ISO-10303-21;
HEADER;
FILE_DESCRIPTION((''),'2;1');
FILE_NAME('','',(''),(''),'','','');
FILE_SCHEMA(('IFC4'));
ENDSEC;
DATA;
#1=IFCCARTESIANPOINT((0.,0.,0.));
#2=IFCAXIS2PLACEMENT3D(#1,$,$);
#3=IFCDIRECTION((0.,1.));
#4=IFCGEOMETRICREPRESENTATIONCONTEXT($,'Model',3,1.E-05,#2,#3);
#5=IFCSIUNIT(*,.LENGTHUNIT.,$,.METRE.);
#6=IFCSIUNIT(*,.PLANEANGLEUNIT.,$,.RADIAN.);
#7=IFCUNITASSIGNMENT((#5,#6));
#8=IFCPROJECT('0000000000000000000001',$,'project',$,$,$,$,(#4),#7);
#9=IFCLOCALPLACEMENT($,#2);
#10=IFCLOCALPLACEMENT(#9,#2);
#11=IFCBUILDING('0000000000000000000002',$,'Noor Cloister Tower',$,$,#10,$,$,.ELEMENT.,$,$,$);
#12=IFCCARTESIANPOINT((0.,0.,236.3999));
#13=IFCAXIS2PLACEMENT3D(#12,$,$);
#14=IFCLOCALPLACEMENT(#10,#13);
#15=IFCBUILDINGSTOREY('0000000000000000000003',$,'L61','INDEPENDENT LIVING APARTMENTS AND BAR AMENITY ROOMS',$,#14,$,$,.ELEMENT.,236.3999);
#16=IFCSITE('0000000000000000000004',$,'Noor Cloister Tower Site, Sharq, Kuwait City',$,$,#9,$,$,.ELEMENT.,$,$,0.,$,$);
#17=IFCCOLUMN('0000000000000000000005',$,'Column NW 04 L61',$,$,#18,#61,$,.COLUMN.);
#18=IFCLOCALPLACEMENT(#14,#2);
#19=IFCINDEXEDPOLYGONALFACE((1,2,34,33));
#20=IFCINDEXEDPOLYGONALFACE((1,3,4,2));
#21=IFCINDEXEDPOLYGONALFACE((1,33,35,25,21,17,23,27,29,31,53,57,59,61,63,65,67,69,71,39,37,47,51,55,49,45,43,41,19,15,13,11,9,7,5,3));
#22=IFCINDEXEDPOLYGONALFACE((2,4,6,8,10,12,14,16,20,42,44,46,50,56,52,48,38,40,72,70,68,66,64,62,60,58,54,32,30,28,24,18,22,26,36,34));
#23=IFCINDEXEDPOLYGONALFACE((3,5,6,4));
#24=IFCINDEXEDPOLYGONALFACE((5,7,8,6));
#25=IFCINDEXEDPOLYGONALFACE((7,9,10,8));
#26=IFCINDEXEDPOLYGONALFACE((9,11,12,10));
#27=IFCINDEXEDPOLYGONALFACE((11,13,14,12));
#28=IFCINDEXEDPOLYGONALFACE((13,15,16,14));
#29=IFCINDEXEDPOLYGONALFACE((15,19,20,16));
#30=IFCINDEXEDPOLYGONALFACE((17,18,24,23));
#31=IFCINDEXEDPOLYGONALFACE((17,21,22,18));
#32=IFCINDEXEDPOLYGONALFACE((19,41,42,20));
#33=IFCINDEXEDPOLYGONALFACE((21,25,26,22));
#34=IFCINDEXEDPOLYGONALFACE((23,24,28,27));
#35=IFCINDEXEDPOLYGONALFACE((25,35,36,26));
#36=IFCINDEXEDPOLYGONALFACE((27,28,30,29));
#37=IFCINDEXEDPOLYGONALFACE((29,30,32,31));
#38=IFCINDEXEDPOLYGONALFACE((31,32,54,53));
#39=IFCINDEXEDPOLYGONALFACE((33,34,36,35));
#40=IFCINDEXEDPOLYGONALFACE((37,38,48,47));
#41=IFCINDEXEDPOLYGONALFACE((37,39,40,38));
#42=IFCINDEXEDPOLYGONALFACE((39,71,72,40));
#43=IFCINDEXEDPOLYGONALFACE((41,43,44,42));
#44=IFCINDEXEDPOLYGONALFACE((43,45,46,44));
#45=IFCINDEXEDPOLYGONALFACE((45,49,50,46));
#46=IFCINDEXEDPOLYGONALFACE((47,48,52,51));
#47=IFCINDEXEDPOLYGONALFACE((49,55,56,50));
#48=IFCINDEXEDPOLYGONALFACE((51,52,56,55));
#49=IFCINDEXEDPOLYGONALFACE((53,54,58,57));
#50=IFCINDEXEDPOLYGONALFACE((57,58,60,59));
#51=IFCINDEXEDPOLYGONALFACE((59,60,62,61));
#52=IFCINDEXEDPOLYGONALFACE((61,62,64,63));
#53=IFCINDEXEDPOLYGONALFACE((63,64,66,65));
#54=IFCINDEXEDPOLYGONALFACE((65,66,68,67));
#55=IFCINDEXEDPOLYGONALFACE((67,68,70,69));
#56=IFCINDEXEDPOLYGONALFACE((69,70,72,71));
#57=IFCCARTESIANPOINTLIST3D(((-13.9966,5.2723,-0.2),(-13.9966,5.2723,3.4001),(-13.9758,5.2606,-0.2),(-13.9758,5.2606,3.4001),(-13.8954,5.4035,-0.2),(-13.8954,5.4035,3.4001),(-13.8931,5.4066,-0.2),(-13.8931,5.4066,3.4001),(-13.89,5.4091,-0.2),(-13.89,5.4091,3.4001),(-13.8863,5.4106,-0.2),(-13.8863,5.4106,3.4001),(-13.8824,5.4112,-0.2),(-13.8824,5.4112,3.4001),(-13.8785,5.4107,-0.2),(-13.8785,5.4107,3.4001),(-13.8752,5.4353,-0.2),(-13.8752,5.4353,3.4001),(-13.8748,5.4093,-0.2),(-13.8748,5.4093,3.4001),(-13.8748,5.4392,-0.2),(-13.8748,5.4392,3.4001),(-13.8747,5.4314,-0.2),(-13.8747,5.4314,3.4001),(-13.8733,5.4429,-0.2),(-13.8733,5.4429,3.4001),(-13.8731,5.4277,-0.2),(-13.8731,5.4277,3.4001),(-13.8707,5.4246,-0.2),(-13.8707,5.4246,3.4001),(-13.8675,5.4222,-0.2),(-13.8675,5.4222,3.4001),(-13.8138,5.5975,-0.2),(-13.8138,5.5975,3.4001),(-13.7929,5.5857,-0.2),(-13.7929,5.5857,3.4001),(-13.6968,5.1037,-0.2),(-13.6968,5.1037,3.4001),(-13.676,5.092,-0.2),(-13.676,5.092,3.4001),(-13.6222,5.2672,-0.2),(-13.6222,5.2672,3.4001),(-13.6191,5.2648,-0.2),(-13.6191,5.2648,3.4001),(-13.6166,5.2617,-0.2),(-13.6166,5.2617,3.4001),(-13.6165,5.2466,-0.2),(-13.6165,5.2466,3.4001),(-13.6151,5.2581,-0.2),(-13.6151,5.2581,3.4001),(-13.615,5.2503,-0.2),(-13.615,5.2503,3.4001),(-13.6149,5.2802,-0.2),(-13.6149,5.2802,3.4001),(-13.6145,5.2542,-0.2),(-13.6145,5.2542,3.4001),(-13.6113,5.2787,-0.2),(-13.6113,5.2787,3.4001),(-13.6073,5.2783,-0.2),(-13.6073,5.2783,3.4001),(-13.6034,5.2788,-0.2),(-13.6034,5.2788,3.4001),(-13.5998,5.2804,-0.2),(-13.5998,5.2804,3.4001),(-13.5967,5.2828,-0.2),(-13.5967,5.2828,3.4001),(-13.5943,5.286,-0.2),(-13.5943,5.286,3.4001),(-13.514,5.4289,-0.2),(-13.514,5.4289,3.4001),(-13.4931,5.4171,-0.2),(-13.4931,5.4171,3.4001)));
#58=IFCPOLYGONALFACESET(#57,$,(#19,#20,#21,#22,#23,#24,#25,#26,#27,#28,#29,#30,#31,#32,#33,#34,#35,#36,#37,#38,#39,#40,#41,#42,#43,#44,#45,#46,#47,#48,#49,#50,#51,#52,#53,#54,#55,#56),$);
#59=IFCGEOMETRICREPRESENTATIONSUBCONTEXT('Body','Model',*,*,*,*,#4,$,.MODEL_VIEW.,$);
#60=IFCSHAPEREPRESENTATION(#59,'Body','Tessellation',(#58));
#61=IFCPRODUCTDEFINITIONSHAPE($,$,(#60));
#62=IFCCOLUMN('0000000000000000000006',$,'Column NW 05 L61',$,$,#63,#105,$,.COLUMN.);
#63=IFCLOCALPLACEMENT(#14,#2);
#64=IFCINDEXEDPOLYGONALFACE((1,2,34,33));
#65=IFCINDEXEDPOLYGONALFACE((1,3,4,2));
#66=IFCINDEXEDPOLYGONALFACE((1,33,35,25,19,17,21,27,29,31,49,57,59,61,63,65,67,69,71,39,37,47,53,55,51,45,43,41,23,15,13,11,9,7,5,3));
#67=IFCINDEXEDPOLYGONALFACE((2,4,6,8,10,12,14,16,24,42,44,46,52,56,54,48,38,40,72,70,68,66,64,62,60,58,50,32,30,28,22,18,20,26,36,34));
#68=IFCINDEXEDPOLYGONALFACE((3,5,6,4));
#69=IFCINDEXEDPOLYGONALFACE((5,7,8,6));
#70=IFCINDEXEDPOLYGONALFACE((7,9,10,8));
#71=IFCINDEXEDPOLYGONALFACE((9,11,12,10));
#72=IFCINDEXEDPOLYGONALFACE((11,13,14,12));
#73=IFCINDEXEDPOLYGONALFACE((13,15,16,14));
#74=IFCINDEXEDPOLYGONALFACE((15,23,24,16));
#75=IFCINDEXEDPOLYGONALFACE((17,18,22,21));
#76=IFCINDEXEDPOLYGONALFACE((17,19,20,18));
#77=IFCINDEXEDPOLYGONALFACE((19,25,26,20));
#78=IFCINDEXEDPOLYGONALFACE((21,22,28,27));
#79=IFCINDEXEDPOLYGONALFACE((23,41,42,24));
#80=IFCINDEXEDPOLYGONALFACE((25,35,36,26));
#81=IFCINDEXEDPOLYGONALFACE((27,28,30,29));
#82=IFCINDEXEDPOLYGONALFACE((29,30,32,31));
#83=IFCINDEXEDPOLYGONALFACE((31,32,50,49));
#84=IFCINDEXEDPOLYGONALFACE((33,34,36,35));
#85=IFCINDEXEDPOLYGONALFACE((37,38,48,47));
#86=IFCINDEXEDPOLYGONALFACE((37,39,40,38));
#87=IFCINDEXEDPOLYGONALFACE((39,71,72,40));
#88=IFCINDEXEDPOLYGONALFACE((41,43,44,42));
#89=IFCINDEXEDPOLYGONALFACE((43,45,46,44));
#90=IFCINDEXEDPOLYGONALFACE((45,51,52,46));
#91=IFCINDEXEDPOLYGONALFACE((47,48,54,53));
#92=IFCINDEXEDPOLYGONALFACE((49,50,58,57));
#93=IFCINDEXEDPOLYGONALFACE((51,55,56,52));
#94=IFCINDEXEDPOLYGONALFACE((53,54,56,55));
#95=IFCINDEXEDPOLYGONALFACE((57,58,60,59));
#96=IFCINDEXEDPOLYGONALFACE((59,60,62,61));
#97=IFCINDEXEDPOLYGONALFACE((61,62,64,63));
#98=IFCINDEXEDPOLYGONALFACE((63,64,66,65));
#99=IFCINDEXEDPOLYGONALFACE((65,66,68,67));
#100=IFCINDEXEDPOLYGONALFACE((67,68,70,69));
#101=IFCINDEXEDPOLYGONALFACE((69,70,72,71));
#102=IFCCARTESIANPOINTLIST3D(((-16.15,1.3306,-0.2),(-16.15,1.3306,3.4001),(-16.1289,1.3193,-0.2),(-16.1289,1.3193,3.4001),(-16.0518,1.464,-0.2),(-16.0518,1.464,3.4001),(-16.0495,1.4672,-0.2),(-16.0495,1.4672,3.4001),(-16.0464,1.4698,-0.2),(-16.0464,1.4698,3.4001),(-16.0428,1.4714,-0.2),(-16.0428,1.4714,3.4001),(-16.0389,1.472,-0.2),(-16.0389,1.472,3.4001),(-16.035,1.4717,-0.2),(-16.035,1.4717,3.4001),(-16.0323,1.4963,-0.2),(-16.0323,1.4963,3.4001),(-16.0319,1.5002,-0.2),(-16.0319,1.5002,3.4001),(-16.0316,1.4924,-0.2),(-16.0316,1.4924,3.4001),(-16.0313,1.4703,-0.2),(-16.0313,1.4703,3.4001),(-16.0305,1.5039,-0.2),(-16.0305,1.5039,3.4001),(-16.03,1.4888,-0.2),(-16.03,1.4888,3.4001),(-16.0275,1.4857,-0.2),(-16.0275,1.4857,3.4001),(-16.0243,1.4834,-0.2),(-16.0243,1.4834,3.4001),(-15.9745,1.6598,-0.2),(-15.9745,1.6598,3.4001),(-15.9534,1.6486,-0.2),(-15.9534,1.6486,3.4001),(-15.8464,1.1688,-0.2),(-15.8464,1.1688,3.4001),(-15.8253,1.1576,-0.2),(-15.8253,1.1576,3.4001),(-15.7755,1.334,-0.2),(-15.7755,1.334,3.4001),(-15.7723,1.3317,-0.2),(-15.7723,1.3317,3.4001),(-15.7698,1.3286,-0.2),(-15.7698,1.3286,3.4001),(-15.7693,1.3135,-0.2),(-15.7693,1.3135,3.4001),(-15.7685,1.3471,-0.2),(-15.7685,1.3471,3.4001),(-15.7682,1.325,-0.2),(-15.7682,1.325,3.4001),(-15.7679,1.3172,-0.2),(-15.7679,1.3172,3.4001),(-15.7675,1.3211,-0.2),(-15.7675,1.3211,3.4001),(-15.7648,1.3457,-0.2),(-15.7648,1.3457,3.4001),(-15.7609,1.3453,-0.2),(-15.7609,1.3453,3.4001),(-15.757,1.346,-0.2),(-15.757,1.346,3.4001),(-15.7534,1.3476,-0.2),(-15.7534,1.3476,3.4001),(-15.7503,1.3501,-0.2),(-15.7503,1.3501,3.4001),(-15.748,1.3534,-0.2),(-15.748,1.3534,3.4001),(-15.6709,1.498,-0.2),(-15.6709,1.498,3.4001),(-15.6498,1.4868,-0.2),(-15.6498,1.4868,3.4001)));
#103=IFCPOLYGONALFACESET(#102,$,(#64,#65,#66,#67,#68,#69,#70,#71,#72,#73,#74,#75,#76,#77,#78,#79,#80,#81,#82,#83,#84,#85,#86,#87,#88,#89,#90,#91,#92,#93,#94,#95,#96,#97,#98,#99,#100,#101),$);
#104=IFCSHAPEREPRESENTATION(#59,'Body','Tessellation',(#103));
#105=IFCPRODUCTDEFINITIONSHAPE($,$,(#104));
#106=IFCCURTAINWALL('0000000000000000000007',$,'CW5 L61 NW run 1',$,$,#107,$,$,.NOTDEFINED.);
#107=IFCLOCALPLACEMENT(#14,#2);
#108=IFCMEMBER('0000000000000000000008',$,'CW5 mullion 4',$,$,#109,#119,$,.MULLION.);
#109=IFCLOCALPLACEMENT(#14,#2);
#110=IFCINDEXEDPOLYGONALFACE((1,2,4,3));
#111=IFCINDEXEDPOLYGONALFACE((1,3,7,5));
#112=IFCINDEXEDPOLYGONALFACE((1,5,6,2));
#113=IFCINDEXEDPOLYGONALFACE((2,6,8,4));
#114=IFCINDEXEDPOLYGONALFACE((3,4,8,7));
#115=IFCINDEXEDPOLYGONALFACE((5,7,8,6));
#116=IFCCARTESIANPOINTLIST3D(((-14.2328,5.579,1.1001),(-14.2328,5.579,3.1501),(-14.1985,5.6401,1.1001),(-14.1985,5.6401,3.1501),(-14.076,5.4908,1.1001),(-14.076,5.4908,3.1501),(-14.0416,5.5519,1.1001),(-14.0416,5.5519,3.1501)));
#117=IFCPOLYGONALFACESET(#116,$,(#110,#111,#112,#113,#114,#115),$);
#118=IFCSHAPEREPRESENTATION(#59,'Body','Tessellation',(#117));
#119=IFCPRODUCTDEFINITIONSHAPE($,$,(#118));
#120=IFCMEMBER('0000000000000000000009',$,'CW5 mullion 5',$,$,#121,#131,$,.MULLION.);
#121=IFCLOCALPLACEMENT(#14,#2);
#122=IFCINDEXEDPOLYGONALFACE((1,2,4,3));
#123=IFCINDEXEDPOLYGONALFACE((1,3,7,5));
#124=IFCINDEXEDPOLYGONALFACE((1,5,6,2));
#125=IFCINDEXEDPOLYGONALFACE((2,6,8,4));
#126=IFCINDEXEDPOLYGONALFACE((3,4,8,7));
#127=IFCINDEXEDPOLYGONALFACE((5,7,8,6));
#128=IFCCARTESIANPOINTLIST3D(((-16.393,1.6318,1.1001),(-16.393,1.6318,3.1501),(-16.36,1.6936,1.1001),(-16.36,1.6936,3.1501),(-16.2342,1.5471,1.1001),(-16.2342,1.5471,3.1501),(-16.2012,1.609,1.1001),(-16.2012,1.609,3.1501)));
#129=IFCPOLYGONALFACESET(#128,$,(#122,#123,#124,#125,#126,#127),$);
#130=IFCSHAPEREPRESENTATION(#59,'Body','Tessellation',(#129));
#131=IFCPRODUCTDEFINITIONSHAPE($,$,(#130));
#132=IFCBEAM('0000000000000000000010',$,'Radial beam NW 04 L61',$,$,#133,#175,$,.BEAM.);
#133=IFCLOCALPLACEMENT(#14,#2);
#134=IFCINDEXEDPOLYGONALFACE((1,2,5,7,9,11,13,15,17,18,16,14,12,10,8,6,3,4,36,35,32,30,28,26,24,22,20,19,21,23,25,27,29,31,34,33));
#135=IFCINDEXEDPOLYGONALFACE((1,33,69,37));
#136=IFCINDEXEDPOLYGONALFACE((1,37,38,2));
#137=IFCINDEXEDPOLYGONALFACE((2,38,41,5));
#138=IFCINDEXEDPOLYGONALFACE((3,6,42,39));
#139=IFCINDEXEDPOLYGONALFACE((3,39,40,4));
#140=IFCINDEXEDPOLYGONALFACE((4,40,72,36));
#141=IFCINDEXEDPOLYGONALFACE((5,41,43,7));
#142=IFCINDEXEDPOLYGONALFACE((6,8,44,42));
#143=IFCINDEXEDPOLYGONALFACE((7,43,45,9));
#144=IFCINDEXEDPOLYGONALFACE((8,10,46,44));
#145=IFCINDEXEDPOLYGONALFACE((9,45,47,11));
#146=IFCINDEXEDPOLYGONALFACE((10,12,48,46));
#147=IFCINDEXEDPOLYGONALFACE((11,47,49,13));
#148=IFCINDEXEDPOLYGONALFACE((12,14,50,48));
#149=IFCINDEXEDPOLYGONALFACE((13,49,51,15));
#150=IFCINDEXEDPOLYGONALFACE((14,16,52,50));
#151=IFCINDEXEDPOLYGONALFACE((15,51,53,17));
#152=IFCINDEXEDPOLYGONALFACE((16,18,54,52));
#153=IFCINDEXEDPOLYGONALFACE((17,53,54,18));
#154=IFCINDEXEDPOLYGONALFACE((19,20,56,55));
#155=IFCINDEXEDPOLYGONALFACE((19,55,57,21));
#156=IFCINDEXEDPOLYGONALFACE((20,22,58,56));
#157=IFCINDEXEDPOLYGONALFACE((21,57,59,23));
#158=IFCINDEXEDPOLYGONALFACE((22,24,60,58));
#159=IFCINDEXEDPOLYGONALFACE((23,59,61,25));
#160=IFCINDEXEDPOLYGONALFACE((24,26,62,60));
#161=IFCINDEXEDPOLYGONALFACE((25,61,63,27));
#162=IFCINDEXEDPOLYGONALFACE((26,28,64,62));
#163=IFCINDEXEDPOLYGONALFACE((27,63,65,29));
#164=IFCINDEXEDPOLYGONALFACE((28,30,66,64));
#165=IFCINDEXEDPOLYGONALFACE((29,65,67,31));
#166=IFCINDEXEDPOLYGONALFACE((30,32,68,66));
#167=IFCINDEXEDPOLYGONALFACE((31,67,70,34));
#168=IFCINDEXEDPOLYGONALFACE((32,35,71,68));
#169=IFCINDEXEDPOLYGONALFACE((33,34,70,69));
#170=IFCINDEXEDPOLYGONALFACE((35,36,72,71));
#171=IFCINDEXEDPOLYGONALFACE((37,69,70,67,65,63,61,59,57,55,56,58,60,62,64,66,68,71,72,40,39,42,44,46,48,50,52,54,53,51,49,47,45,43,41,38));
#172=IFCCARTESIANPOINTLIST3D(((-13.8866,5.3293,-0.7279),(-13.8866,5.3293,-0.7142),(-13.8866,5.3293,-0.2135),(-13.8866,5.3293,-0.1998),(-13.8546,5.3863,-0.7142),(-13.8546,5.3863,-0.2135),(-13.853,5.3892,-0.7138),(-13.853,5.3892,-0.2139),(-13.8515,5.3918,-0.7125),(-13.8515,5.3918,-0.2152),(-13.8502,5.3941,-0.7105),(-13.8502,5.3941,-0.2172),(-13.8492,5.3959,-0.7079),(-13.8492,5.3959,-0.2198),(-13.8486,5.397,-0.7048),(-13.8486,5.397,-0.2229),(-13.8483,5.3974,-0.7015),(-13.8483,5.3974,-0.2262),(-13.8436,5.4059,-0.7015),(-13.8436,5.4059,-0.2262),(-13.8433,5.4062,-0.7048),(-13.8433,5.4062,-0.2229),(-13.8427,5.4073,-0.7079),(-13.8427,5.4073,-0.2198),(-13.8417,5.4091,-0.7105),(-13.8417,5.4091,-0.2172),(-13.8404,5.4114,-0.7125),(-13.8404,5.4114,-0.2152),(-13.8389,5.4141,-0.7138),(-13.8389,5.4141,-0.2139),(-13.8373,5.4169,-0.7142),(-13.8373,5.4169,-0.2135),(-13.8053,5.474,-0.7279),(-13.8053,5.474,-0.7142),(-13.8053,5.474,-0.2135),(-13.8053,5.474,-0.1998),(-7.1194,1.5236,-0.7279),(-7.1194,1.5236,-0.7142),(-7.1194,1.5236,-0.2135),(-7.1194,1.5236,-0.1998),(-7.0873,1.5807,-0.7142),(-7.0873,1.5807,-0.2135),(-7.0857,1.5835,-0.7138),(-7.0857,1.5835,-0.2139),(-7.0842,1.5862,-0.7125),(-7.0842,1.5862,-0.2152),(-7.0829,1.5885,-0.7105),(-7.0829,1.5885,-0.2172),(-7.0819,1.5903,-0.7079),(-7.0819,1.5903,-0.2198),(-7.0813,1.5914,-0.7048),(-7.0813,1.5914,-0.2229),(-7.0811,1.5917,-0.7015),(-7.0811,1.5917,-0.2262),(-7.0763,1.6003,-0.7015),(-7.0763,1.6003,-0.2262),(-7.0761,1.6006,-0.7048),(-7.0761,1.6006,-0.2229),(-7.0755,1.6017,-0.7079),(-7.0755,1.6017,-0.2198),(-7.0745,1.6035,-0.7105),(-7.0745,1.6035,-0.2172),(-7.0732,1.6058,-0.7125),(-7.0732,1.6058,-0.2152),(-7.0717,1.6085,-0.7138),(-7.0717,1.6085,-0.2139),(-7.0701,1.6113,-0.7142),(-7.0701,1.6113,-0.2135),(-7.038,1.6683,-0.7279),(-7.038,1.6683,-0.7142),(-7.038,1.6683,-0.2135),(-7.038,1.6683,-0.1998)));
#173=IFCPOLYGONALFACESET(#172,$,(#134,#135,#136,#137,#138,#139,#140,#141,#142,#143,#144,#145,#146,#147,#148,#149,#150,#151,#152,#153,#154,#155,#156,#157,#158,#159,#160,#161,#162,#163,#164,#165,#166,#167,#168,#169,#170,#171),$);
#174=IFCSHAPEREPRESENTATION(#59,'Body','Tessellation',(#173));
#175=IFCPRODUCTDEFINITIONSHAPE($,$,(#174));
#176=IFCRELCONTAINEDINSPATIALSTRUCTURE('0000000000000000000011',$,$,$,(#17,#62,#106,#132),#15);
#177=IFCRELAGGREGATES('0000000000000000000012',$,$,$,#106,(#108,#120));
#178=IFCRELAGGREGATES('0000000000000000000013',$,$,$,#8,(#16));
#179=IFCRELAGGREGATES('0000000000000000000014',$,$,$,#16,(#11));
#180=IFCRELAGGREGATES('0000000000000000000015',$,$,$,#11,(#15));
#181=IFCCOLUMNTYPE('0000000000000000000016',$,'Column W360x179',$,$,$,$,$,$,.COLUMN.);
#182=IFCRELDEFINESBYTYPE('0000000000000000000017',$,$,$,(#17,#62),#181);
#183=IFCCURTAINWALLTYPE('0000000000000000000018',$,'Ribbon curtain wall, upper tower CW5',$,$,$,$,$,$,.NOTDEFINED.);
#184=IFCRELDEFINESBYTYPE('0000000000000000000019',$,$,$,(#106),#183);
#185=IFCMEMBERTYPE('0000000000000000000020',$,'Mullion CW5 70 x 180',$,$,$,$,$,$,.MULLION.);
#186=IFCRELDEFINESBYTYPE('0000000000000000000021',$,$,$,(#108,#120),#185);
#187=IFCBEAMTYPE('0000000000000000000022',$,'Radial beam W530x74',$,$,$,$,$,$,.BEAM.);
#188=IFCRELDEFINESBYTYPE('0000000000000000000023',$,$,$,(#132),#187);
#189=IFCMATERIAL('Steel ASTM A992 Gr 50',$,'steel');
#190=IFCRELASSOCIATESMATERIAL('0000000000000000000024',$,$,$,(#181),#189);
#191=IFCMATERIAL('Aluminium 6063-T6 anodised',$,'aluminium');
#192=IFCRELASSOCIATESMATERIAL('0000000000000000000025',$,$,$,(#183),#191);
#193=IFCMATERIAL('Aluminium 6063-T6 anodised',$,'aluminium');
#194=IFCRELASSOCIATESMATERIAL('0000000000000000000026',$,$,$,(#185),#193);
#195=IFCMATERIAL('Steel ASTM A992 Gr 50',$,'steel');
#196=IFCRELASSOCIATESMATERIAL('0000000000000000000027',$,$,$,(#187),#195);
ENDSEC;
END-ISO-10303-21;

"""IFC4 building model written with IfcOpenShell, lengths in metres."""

from ifc_helpers import new_model, si_unit, direction, frame, origin, origin_2d, place, context, subcontext, project, spatial, rectangle, i_section, extrude, material, material_profile, profile_set, type_object, element, aggregate, save


model = new_model("IFC4")

# Units and contexts
model_context = context("Model", 3, precision=1e-05, world=origin(), true_north=direction((0.0, 1.0)))
body_context = subcontext(model_context, "Body", "Model", "MODEL_VIEW")
ifc_project = project(units=[si_unit("LENGTHUNIT", "METRE"), si_unit("PLANEANGLEUNIT", "RADIAN")], contexts=[model_context])

# Site, building, storey
site_placement = place(None, origin())
site = spatial("IfcSite", under=ifc_project, at=site_placement, Name="Noor Cloister Tower Site, Sharq, Kuwait City", CompositionType="ELEMENT", RefElevation=0.0)
building_placement = place(site_placement, origin())
building = spatial("IfcBuilding", under=site, at=building_placement, Name="Noor Cloister Tower", CompositionType="ELEMENT")
storey_placement = place(building_placement, frame((0.0, 0.0, 236.3999)))
storey = spatial("IfcBuildingStorey", under=building, at=storey_placement, Name="L61", Description="INDEPENDENT LIVING APARTMENTS AND BAR AMENITY ROOMS", CompositionType="ELEMENT", Elevation=236.3999)

# Columns
ifc_material_1 = material(Name="Steel ASTM A992 Gr 50", Category="steel")
ifc_material_profile_1 = material_profile(ifc_material_1, i_section(OverallWidth=0.373, OverallDepth=0.3679, WebThickness=0.0149, FlangeThickness=0.0239, FilletRadius=0.0151, at=origin_2d()), Name="W360x179")
ifc_profile_set_1 = profile_set([ifc_material_profile_1], Name="Steel ASTM A992 Gr 50")
column_type = type_object("IfcColumnType", Name="Column W360x179", PredefinedType="COLUMN", material=ifc_profile_set_1)
for number, where, z_axis, x_axis, name in (
    (1, (-13.7449, 5.3447, -0.2), (0.0, 0.0, 1.0), (-0.49016, -0.871632, 0.0), "Column NW 04 L61"),
    (2, (-15.8999, 1.4087, -0.2), (0.0, 0.0, 1.0), (-0.470293, -0.88251, 0.0), "Column NW 05 L61"),
):
    element("IfcColumn", number, at=place(storey_placement, frame(where, z_axis=z_axis, x_axis=x_axis)), inside=storey, type_object=column_type, Name=name, PredefinedType="COLUMN", context=body_context, shape_type="SweptSolid", body=[
        extrude(i_section(OverallWidth=0.373, OverallDepth=0.3679, WebThickness=0.0149, FlangeThickness=0.0239, FilletRadius=0.0151, at=origin_2d()), origin(), (0.0, 0.0, 1.0), 3.6001),
    ])

# Curtain wall, members
ifc_material_2 = material(Name="Aluminium 6063-T6 anodised", Category="aluminium")
curtain_wall_type = type_object("IfcCurtainWallType", Name="Ribbon curtain wall, upper tower CW5", PredefinedType="NOTDEFINED", material=ifc_material_2)
curtain_wall_placement = place(storey_placement, origin())
curtain_wall = element("IfcCurtainWall", 3, at=curtain_wall_placement, inside=storey, type_object=curtain_wall_type, Name="CW5 L61 NW run 1", PredefinedType="NOTDEFINED")
ifc_material_3 = material(Name="Aluminium 6063-T6 anodised", Category="aluminium")
ifc_material_profile_2 = material_profile(ifc_material_3, rectangle(XDim=0.1799, YDim=0.0701, at=origin_2d()), Name="180 x 70 mullion")
ifc_profile_set_2 = profile_set([ifc_material_profile_2], Name="Aluminium 6063-T6 anodised")
member_type = type_object("IfcMemberType", Name="Mullion CW5 70 x 180", PredefinedType="MULLION", material=ifc_profile_set_2)
member_1_placement = place(storey_placement, frame((-14.1372, 5.5654, 1.1001), z_axis=(0.0, 0.0, 1.0), x_axis=(0.871632, -0.49016, 0.0)))
member_1 = element("IfcMember", 4, at=member_1_placement, type_object=member_type, Name="CW5 mullion 4", PredefinedType="MULLION", context=body_context, shape_type="SweptSolid", body=[
    extrude(rectangle(XDim=0.1799, YDim=0.0701, at=origin_2d()), origin(), (0.0, 0.0, 1.0), 2.05),
])
member_2_placement = place(storey_placement, frame((-16.2971, 1.6204, 1.1001), z_axis=(0.0, 0.0, 1.0), x_axis=(0.88251, -0.470293, 0.0)))
member_2 = element("IfcMember", 5, at=member_2_placement, type_object=member_type, Name="CW5 mullion 5", PredefinedType="MULLION", context=body_context, shape_type="SweptSolid", body=[
    extrude(rectangle(XDim=0.1799, YDim=0.0701, at=origin_2d()), origin(), (0.0, 0.0, 1.0), 2.05),
])

# Beam
ifc_material_4 = material(Name="Steel ASTM A992 Gr 50", Category="steel")
ifc_material_profile_3 = material_profile(ifc_material_4, i_section(OverallWidth=0.166, OverallDepth=0.5281, WebThickness=0.0098, FlangeThickness=0.0137, FilletRadius=0.0127, at=origin_2d()), Name="W530x74")
ifc_profile_set_3 = profile_set([ifc_material_profile_3], Name="Steel ASTM A992 Gr 50")
beam_type_1 = type_object("IfcBeamType", Name="Radial beam W530x74", PredefinedType="BEAM", material=ifc_profile_set_3)
beam_1_placement = place(storey_placement, frame((-13.8459, 5.4016, -0.4639), z_axis=(0.871628, -0.490167, 0.0), x_axis=(0.490167, 0.871628, 0.0)))
element("IfcBeam", 6, at=beam_1_placement, inside=storey, type_object=beam_type_1, Name="Radial beam NW 04 L61", PredefinedType="BEAM", context=body_context, shape_type="SweptSolid", body=[
    extrude(i_section(OverallWidth=0.166, OverallDepth=0.5281, WebThickness=0.0098, FlangeThickness=0.0137, FilletRadius=0.0127, at=origin_2d()), origin(), (0.0, 0.0, 1.0), 7.7639),
])

aggregate(curtain_wall, [member_1, member_2])

save(model, "model.ifc")
